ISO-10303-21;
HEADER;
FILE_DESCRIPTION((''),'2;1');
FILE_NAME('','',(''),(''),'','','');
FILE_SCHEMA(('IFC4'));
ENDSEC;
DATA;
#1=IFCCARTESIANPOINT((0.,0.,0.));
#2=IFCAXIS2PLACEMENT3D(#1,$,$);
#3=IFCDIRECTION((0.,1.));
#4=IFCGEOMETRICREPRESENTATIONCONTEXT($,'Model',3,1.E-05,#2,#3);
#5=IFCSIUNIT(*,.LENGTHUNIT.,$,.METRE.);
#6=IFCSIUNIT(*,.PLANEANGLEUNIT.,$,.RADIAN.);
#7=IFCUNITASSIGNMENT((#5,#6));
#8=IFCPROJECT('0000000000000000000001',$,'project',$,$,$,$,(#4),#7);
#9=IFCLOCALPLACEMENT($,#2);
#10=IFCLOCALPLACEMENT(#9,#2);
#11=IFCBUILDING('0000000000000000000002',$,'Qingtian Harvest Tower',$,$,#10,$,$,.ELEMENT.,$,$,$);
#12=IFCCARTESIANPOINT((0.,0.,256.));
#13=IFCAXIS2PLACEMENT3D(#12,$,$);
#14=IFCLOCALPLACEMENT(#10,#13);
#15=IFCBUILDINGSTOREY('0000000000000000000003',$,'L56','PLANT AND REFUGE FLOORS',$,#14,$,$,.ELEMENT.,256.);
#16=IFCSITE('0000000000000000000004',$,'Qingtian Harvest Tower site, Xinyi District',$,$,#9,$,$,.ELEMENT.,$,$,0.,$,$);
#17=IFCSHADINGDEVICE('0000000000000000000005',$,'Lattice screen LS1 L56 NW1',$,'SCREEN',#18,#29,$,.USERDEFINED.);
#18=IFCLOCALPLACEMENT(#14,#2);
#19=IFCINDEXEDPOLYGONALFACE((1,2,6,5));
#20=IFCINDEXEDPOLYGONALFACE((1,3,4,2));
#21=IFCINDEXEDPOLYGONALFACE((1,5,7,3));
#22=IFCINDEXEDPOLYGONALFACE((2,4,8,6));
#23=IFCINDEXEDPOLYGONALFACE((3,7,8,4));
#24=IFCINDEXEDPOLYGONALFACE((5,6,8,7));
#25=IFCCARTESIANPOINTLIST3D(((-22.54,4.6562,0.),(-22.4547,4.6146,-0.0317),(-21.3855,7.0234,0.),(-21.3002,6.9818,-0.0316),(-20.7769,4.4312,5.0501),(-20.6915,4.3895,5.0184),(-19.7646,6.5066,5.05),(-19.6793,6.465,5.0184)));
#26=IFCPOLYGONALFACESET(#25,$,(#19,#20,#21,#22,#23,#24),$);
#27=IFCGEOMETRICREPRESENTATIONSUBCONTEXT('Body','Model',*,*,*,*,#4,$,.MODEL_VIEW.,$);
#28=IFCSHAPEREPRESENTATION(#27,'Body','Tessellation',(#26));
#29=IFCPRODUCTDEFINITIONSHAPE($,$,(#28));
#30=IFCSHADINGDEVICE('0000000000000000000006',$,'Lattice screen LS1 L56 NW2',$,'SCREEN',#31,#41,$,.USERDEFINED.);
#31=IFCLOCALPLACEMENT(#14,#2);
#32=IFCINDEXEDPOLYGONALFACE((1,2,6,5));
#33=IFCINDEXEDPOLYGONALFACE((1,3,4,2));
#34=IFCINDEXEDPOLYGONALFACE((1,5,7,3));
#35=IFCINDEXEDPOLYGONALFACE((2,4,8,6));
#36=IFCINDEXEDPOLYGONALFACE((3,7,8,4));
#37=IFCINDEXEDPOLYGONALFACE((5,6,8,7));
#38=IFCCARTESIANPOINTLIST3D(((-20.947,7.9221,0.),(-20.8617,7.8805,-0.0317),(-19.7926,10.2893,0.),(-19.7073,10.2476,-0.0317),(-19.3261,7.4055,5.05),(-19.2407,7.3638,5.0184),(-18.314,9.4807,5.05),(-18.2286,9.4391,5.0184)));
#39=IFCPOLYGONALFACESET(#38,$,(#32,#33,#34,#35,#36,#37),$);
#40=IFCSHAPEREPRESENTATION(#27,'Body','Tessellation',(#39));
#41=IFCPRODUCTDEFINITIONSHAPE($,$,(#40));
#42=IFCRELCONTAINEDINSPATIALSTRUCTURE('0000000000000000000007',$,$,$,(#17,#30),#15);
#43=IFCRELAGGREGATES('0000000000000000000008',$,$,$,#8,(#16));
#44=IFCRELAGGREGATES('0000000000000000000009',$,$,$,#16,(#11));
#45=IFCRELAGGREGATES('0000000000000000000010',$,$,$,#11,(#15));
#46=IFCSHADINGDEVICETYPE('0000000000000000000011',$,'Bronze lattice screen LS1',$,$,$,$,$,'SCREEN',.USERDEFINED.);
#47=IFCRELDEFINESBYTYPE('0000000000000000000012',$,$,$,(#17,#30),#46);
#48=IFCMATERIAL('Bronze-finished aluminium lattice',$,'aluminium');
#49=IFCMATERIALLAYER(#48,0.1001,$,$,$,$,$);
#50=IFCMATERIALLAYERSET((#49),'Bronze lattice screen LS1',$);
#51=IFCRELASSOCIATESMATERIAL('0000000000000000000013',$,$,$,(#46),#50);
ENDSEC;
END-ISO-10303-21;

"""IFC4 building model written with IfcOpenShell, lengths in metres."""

from ifc_helpers import new_model, si_unit, direction, frame, origin, place, context, subcontext, project, spatial, polyline, outline, extrude, material, layer, layer_set, type_object, element, save


model = new_model("IFC4")

# Units and contexts
model_context = context("Model", 3, precision=1e-05, world=origin(), true_north=direction((0.0, 1.0)))
body_context = subcontext(model_context, "Body", "Model", "MODEL_VIEW")
ifc_project = project(units=[si_unit("LENGTHUNIT", "METRE"), si_unit("PLANEANGLEUNIT", "RADIAN")], contexts=[model_context])

# Site, building, storey
site_placement = place(None, origin())
site = spatial("IfcSite", under=ifc_project, at=site_placement, Name="Qingtian Harvest Tower site, Xinyi District", CompositionType="ELEMENT", RefElevation=0.0)
building_placement = place(site_placement, origin())
building = spatial("IfcBuilding", under=site, at=building_placement, Name="Qingtian Harvest Tower", CompositionType="ELEMENT")
storey_placement = place(building_placement, frame((0.0, 0.0, 256.0)))
storey = spatial("IfcBuildingStorey", under=building, at=storey_placement, Name="L56", Description="PLANT AND REFUGE FLOORS", CompositionType="ELEMENT", Elevation=256.0)

# Shading devices
ifc_material_1 = material(Name="Bronze-finished aluminium lattice", Category="aluminium")
ifc_layer_1 = layer(ifc_material_1, 0.1001)
ifc_layer_set_1 = layer_set([ifc_layer_1], Name="Bronze lattice screen LS1")
shading_device_type = type_object("IfcShadingDeviceType", Name="Bronze lattice screen LS1", ElementType="SCREEN", PredefinedType="USERDEFINED", material=ifc_layer_set_1)
shading_device_1_placement = place(storey_placement, frame((-22.54, 4.6562, 0.0), z_axis=(-0.852673, 0.415864, 0.316237), x_axis=(0.438361, 0.898799, 0.000002)))
element("IfcShadingDevice", 1, at=shading_device_1_placement, inside=storey, type_object=shading_device_type, Name="Lattice screen LS1 L56 NW1", ObjectType="SCREEN", PredefinedType="USERDEFINED", context=body_context, shape_type="SweptSolid", body=[
    extrude(outline(polyline([(0.0, 0.0), (2.6337, 0.0), (2.8797, -5.3232), (0.5706, -5.3232), (0.0, 0.0)])), origin(), (0.0, 0.0, -1.0), 0.1001),
])
shading_device_2_placement = place(storey_placement, frame((-20.947, 7.9221, 0.0), z_axis=(-0.852682, 0.415844, 0.31624), x_axis=(0.438335, 0.898812, -0.000016)))
element("IfcShadingDevice", 2, at=shading_device_2_placement, inside=storey, type_object=shading_device_type, Name="Lattice screen LS1 L56 NW2", ObjectType="SCREEN", PredefinedType="USERDEFINED", context=body_context, shape_type="SweptSolid", body=[
    extrude(outline(polyline([(0.0, 0.0), (2.6336, 0.0), (2.555, -5.3233), (0.2461, -5.3232), (0.0, 0.0)])), origin(), (0.0, 0.0, -1.0), 0.1001),
])

save(model, "model.ifc")
